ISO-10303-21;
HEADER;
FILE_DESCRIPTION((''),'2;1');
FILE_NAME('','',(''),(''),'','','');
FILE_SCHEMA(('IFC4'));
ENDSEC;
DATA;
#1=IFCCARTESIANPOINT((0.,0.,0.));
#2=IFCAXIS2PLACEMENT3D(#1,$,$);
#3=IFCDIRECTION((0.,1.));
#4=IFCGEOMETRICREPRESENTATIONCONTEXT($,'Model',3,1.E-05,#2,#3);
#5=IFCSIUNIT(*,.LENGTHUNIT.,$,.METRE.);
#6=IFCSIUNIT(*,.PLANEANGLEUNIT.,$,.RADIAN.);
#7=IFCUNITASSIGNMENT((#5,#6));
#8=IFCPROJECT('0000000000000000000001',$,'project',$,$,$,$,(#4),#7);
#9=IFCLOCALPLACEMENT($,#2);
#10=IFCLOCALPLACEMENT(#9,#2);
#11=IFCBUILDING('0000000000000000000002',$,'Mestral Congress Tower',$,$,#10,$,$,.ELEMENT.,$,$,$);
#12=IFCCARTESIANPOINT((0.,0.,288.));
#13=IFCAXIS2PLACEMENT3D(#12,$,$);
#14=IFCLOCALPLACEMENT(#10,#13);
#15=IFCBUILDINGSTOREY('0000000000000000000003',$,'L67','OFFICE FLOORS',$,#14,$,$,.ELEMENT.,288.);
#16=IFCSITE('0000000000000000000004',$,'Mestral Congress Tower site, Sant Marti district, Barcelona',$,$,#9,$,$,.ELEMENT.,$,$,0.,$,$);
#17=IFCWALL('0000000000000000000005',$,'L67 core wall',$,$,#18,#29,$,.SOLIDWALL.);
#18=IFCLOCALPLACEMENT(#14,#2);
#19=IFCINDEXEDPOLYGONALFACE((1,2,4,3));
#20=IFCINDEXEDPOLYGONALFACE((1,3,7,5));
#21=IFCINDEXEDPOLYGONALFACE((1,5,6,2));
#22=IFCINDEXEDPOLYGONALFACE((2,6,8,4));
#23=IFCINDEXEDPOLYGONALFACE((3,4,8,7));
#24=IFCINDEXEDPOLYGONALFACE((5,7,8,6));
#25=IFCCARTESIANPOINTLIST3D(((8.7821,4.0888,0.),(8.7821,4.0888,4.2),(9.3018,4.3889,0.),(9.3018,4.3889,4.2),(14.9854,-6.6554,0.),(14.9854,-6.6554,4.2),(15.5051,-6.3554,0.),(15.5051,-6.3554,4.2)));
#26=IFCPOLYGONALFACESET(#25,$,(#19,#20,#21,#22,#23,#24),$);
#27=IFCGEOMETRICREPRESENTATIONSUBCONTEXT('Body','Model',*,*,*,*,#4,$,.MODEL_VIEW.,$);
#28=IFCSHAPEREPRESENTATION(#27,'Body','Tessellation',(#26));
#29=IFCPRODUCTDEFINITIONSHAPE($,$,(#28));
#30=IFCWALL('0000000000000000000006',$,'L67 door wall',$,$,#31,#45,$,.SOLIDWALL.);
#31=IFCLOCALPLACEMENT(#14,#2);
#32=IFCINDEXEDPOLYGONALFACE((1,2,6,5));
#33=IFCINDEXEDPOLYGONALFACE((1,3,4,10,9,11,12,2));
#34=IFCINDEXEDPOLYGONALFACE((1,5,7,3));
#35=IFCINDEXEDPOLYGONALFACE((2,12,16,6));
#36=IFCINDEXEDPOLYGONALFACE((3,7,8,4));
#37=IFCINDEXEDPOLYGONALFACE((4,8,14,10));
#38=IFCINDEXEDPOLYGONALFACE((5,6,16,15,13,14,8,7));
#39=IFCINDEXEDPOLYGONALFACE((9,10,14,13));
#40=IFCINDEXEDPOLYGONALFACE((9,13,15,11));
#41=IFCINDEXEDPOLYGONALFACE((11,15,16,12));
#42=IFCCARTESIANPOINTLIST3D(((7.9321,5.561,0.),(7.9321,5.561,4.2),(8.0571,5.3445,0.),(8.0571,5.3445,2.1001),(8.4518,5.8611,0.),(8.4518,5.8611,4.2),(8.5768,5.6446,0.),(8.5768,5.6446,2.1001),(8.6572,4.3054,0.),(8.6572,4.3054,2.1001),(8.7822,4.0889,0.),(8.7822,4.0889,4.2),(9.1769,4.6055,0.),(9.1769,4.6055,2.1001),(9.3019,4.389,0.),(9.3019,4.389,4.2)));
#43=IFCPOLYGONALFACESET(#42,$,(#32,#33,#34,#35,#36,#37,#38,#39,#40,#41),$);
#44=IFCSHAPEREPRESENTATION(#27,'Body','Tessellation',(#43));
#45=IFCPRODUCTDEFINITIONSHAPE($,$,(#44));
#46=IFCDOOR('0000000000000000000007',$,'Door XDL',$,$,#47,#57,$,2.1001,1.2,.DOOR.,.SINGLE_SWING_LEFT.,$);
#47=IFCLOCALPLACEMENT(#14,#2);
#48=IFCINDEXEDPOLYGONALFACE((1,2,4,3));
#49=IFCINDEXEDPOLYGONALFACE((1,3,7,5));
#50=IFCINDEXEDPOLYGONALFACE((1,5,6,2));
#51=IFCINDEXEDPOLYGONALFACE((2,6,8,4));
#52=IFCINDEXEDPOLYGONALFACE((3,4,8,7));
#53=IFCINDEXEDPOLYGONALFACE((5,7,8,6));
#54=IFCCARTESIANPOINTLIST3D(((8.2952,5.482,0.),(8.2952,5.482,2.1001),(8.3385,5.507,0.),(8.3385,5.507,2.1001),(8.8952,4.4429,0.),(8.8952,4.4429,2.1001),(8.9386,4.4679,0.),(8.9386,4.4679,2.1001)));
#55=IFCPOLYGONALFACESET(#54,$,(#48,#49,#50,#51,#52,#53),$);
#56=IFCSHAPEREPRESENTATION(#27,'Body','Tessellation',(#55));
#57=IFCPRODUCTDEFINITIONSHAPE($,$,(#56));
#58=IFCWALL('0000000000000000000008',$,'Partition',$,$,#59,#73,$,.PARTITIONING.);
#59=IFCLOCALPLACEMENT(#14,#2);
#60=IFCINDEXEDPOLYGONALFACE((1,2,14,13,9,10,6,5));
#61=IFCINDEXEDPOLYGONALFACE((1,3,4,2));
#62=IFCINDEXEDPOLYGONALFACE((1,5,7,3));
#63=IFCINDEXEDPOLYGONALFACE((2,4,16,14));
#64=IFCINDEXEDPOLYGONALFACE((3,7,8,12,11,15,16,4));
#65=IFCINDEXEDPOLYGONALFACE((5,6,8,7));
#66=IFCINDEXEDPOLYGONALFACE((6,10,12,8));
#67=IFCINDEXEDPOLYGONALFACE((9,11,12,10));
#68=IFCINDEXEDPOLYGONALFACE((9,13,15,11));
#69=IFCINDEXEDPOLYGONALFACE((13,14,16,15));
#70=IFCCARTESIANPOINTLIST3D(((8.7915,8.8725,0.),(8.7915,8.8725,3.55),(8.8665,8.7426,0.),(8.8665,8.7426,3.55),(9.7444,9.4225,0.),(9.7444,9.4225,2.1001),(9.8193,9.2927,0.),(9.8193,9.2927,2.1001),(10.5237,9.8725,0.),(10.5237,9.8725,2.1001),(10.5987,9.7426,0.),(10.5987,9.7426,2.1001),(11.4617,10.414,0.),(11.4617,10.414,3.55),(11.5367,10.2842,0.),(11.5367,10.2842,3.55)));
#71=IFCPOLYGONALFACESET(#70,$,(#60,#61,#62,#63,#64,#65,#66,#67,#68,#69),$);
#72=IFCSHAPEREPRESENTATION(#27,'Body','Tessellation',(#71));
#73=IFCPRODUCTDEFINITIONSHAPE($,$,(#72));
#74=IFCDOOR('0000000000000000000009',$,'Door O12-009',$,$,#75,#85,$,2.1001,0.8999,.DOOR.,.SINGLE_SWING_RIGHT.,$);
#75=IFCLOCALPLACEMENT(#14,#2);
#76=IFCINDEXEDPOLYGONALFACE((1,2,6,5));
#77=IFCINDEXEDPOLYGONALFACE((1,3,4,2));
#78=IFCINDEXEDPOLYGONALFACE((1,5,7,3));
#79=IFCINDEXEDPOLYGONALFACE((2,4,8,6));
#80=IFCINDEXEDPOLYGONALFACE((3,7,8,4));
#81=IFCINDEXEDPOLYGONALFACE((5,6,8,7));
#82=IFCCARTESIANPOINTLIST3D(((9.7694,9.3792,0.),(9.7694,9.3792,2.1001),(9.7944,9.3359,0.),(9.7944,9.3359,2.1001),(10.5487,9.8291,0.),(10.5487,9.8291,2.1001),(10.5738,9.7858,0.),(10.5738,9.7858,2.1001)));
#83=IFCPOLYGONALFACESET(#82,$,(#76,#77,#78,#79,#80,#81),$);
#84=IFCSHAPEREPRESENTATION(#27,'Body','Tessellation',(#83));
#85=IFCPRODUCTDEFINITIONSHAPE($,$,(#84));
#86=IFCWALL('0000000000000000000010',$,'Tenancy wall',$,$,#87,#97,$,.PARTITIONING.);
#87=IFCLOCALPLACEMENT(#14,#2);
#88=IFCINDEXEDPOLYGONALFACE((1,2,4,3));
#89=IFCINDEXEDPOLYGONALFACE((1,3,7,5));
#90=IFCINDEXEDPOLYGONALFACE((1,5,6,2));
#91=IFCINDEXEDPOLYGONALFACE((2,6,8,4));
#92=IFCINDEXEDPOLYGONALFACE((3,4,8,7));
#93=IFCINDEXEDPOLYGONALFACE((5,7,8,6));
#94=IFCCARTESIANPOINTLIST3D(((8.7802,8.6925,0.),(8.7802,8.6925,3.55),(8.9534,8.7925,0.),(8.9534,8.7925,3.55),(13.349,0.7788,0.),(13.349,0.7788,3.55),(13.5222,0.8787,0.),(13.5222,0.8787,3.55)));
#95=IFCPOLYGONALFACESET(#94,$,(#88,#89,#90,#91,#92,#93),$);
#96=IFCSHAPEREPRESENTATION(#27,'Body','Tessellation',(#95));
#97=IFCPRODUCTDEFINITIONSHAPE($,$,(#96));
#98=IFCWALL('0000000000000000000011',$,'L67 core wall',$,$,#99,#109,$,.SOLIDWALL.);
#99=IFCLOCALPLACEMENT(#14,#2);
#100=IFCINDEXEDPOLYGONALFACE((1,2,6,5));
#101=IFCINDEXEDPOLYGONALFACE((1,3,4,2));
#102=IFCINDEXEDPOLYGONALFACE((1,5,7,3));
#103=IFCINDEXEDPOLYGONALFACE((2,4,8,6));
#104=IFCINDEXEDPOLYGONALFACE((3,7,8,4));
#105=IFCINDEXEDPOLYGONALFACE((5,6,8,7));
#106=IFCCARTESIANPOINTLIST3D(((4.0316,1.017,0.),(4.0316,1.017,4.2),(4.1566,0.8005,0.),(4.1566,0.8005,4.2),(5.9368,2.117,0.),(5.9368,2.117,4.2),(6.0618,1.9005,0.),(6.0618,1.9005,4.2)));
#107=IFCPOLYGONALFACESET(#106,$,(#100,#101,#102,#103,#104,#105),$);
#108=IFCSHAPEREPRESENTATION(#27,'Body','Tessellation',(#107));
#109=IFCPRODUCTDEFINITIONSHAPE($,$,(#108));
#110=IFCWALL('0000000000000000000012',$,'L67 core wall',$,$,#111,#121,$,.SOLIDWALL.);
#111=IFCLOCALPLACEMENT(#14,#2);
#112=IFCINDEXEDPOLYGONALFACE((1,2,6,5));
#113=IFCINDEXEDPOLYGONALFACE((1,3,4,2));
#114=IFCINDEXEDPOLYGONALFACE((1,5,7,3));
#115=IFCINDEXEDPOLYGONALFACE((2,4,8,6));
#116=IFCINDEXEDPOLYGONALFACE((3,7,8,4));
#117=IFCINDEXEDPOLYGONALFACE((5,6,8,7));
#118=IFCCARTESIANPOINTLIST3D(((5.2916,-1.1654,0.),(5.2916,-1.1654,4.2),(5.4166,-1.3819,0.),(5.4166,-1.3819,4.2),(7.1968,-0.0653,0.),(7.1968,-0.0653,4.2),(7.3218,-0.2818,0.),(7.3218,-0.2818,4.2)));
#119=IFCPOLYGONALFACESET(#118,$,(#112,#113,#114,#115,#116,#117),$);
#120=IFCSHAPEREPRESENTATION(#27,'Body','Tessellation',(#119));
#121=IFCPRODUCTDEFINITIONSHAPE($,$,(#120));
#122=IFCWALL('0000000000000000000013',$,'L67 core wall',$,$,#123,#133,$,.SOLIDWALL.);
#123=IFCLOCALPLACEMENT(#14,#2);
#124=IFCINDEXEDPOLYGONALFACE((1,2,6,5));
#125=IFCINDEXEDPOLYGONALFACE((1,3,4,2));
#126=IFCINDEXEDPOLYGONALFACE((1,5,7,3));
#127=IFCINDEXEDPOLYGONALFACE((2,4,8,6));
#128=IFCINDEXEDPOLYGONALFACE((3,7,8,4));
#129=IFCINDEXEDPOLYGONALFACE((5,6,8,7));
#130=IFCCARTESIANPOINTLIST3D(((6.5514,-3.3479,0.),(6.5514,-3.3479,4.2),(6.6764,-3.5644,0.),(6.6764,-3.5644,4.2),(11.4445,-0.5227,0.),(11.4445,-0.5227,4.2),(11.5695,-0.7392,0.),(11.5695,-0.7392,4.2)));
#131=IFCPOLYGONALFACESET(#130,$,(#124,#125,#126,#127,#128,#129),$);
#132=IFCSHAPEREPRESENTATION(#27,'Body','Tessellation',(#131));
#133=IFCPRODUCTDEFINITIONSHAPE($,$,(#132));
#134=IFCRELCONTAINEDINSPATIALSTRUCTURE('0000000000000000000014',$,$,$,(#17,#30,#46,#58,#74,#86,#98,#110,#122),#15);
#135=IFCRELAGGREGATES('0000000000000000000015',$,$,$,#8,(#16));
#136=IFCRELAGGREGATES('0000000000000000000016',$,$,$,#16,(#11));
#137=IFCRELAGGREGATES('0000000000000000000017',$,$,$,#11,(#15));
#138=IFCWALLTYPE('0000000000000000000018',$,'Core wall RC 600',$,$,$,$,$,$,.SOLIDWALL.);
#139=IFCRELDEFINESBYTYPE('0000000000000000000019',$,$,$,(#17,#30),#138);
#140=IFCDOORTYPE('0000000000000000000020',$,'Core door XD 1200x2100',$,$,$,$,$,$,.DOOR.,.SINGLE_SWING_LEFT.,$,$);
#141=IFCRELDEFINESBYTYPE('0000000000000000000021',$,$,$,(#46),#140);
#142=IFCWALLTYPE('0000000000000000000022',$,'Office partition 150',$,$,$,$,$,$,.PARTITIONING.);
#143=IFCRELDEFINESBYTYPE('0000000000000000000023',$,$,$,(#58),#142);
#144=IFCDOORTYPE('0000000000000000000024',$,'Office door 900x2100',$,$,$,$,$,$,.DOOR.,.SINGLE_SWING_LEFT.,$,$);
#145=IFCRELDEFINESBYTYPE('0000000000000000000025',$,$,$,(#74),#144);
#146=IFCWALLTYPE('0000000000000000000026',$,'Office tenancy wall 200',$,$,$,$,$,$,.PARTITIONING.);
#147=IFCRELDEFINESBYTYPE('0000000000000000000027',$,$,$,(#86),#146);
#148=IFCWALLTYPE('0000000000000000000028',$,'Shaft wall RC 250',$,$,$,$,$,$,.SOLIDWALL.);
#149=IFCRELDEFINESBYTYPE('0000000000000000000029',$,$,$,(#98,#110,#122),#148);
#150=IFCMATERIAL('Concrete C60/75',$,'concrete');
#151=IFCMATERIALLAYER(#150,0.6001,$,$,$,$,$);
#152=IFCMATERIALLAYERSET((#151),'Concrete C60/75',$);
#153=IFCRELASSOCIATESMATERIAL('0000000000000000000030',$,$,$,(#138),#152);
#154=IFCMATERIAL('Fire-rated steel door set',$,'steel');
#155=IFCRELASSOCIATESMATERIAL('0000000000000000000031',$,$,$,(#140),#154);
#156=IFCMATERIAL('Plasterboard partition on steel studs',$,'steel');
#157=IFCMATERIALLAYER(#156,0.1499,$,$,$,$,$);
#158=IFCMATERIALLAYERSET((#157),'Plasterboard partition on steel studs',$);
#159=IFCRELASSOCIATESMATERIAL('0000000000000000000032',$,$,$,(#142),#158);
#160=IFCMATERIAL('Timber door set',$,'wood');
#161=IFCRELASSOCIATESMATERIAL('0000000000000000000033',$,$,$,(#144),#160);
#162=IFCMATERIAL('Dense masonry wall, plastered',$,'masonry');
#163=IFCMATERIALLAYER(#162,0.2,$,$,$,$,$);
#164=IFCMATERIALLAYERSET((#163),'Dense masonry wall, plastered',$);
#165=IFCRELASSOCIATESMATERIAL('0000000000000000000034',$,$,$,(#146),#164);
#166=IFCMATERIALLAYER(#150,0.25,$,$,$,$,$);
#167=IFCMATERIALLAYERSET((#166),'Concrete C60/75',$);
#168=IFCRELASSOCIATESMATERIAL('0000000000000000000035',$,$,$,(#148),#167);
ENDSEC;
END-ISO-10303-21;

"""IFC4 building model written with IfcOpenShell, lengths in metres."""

from ifc_helpers import new_model, si_unit, direction, frame, frame_2d, origin, place, context, subcontext, project, spatial, rectangle, extrude, material, layer, layer_set, type_object, element, fill, save


model = new_model("IFC4")

# Units and contexts
model_context = context("Model", 3, precision=1e-05, world=origin(), true_north=direction((0.0, 1.0)))
body_context = subcontext(model_context, "Body", "Model", "MODEL_VIEW")
ifc_project = project(units=[si_unit("LENGTHUNIT", "METRE"), si_unit("PLANEANGLEUNIT", "RADIAN")], contexts=[model_context])

# Site, building, storey
site_placement = place(None, origin())
site = spatial("IfcSite", under=ifc_project, at=site_placement, Name="Mestral Congress Tower site, Sant Marti district, Barcelona", CompositionType="ELEMENT", RefElevation=0.0)
building_placement = place(site_placement, origin())
building = spatial("IfcBuilding", under=site, at=building_placement, Name="Mestral Congress Tower", CompositionType="ELEMENT")
storey_placement = place(building_placement, frame((0.0, 0.0, 288.0)))
storey = spatial("IfcBuildingStorey", under=building, at=storey_placement, Name="L67", Description="OFFICE FLOORS", CompositionType="ELEMENT", Elevation=288.0)

# Wall
ifc_material_1 = material(Name="Concrete C60/75", Category="concrete")
ifc_layer_1 = layer(ifc_material_1, 0.6001)
ifc_layer_set_1 = layer_set([ifc_layer_1], Name="Concrete C60/75")
wall_type_1 = type_object("IfcWallType", Name="Core wall RC 600", PredefinedType="SOLIDWALL", material=ifc_layer_set_1)
wall_1_placement = place(storey_placement, frame((9.042, 4.2388, 0.0), z_axis=(0.0, 0.0, 1.0), x_axis=(0.500006, -0.866022, 0.0)))
element("IfcWall", 1, at=wall_1_placement, inside=storey, type_object=wall_type_1, Name="L67 core wall", PredefinedType="SOLIDWALL", context=body_context, shape_type="SweptSolid", body=[
    extrude(rectangle(XDim=12.4065, YDim=0.6001, at=frame_2d((6.2031, 0.0))), origin(), (0.0, 0.0, 1.0), 4.2),
])

# Walls, openings, doors
wall_2_placement = place(storey_placement, frame((8.1919, 5.7112, 0.0), z_axis=(0.0, 0.0, 1.0), x_axis=(0.500062, -0.865989, 0.0)))
wall_2 = element("IfcWall", 2, at=wall_2_placement, inside=storey, type_object=wall_type_1, Name="L67 door wall", PredefinedType="SOLIDWALL", context=body_context, shape_type="SweptSolid", body=[
    extrude(rectangle(XDim=1.7, YDim=0.6001, at=frame_2d((0.8501, 0.0))), origin(), (0.0, 0.0, 1.0), 4.2),
])
opening_1_placement = place(wall_2_placement, frame((0.25, 0.0, 0.0)))
opening_1 = element("IfcOpeningElement", 3, at=opening_1_placement, cuts=wall_2, PredefinedType="OPENING", context=body_context, shape_type="SweptSolid", body=[
    extrude(rectangle(XDim=1.2, YDim=2.1001, at=frame_2d((0.6001, 1.05))), frame((0.0, 0.3101, 0.0), z_axis=(0.0, -1.0, 0.0), x_axis=(1.0, 0.0, 0.0)), (0.0, 0.0, 1.0), 0.6201),
])
ifc_material_2 = material(Name="Fire-rated steel door set", Category="steel")
door_type_1 = type_object("IfcDoorType", Name="Core door XD 1200x2100", OperationType="SINGLE_SWING_LEFT", PredefinedType="DOOR", material=ifc_material_2)
door_1_placement = place(opening_1_placement, origin())
door_1 = element("IfcDoor", 4, at=door_1_placement, inside=storey, type_object=door_type_1, Name="Door XDL", OperationType="SINGLE_SWING_LEFT", OverallHeight=2.1001, OverallWidth=1.2, PredefinedType="DOOR", context=body_context, shape_type="SweptSolid", body=[
    extrude(rectangle(XDim=1.2, YDim=2.1001, at=frame_2d((0.6001, 1.05))), frame((0.0, 0.0249, 0.0), z_axis=(0.0, -1.0, 0.0), x_axis=(1.0, 0.0, 0.0)), (0.0, 0.0, 1.0), 0.05),
])
fill(opening_1, door_1)
ifc_material_3 = material(Name="Plasterboard partition on steel studs", Category="steel")
ifc_layer_2 = layer(ifc_material_3, 0.1499)
ifc_layer_set_2 = layer_set([ifc_layer_2], Name="Plasterboard partition on steel studs")
wall_type_2 = type_object("IfcWallType", Name="Office partition 150", PredefinedType="PARTITIONING", material=ifc_layer_set_2)
wall_3_placement = place(storey_placement, frame((8.8291, 8.8076, 0.0), z_axis=(0.0, 0.0, 1.0), x_axis=(0.866042, 0.499971, 0.0)))
wall_3 = element("IfcWall", 5, at=wall_3_placement, inside=storey, type_object=wall_type_2, Name="Partition", PredefinedType="PARTITIONING", context=body_context, shape_type="SweptSolid", body=[
    extrude(rectangle(XDim=3.0833, YDim=0.1499, at=frame_2d((1.5415, 0.0))), origin(), (0.0, 0.0, 1.0), 3.55),
])
opening_2_placement = place(wall_3_placement, frame((1.1001, 0.0, 0.0)))
opening_2 = element("IfcOpeningElement", 6, at=opening_2_placement, cuts=wall_3, PredefinedType="OPENING", context=body_context, shape_type="SweptSolid", body=[
    extrude(rectangle(XDim=0.8999, YDim=2.1001, at=frame_2d((0.45, 1.05))), frame((0.0, 0.085, 0.0), z_axis=(0.0, -1.0, 0.0), x_axis=(1.0, 0.0, 0.0)), (0.0, 0.0, 1.0), 0.1699),
])
ifc_material_4 = material(Name="Timber door set", Category="wood")
door_type_2 = type_object("IfcDoorType", Name="Office door 900x2100", OperationType="SINGLE_SWING_LEFT", PredefinedType="DOOR", material=ifc_material_4)
door_2_placement = place(opening_2_placement, origin())
door_2 = element("IfcDoor", 7, at=door_2_placement, inside=storey, type_object=door_type_2, Name="Door O12-009", OperationType="SINGLE_SWING_RIGHT", OverallHeight=2.1001, OverallWidth=0.8999, PredefinedType="DOOR", context=body_context, shape_type="SweptSolid", body=[
    extrude(rectangle(XDim=0.8999, YDim=2.1001, at=frame_2d((0.45, 1.05))), frame((0.0, 0.0249, 0.0), z_axis=(0.0, -1.0, 0.0), x_axis=(1.0, 0.0, 0.0)), (0.0, 0.0, 1.0), 0.05),
])
fill(opening_2, door_2)

# Walls
ifc_material_5 = material(Name="Dense masonry wall, plastered", Category="masonry")
ifc_layer_3 = layer(ifc_material_5, 0.2)
ifc_layer_set_3 = layer_set([ifc_layer_3], Name="Dense masonry wall, plastered")
wall_type_3 = type_object("IfcWallType", Name="Office tenancy wall 200", PredefinedType="PARTITIONING", material=ifc_layer_set_3)
wall_4_placement = place(storey_placement, frame((13.4355, 0.8289, 0.0), z_axis=(0.0, 0.0, 1.0), x_axis=(-0.499984, 0.866035, 0.0)))
element("IfcWall", 8, at=wall_4_placement, inside=storey, type_object=wall_type_3, Name="Tenancy wall", PredefinedType="PARTITIONING", context=body_context, shape_type="SweptSolid", body=[
    extrude(rectangle(XDim=9.1379, YDim=0.2, at=frame_2d((4.5688, 0.0))), origin(), (0.0, 0.0, 1.0), 3.55),
])
ifc_layer_4 = layer(ifc_material_1, 0.25)
ifc_layer_set_4 = layer_set([ifc_layer_4], Name="Concrete C60/75")
wall_type_4 = type_object("IfcWallType", Name="Shaft wall RC 250", PredefinedType="SOLIDWALL", material=ifc_layer_set_4)
for number, where, z_axis, x_axis, name in (
    (9, (4.094, 0.9087, 0.0), (0.0, 0.0, 1.0), (0.866008, 0.50003, 0.0), "L67 core wall"),
    (10, (5.354, -1.2737, 0.0), (0.0, 0.0, 1.0), (0.866008, 0.50003, 0.0), "L67 core wall"),
):
    element("IfcWall", number, at=place(storey_placement, frame(where, z_axis=z_axis, x_axis=x_axis)), inside=storey, type_object=wall_type_4, Name=name, PredefinedType="SOLIDWALL", context=body_context, shape_type="SweptSolid", body=[
        extrude(rectangle(XDim=2.2, YDim=0.25, at=frame_2d((1.1001, 0.0))), origin(), (0.0, 0.0, 1.0), 4.2),
    ])
wall_5_placement = place(storey_placement, frame((11.5071, -0.6309, 0.0), z_axis=(0.0, 0.0, 1.0), x_axis=(-0.866011, -0.500024, 0.0)))
element("IfcWall", 11, at=wall_5_placement, inside=storey, type_object=wall_type_4, Name="L67 core wall", PredefinedType="SOLIDWALL", context=body_context, shape_type="SweptSolid", body=[
    extrude(rectangle(XDim=5.6501, YDim=0.25, at=frame_2d((2.8252, 0.0))), origin(), (0.0, 0.0, 1.0), 4.2),
])

save(model, "model.ifc")
